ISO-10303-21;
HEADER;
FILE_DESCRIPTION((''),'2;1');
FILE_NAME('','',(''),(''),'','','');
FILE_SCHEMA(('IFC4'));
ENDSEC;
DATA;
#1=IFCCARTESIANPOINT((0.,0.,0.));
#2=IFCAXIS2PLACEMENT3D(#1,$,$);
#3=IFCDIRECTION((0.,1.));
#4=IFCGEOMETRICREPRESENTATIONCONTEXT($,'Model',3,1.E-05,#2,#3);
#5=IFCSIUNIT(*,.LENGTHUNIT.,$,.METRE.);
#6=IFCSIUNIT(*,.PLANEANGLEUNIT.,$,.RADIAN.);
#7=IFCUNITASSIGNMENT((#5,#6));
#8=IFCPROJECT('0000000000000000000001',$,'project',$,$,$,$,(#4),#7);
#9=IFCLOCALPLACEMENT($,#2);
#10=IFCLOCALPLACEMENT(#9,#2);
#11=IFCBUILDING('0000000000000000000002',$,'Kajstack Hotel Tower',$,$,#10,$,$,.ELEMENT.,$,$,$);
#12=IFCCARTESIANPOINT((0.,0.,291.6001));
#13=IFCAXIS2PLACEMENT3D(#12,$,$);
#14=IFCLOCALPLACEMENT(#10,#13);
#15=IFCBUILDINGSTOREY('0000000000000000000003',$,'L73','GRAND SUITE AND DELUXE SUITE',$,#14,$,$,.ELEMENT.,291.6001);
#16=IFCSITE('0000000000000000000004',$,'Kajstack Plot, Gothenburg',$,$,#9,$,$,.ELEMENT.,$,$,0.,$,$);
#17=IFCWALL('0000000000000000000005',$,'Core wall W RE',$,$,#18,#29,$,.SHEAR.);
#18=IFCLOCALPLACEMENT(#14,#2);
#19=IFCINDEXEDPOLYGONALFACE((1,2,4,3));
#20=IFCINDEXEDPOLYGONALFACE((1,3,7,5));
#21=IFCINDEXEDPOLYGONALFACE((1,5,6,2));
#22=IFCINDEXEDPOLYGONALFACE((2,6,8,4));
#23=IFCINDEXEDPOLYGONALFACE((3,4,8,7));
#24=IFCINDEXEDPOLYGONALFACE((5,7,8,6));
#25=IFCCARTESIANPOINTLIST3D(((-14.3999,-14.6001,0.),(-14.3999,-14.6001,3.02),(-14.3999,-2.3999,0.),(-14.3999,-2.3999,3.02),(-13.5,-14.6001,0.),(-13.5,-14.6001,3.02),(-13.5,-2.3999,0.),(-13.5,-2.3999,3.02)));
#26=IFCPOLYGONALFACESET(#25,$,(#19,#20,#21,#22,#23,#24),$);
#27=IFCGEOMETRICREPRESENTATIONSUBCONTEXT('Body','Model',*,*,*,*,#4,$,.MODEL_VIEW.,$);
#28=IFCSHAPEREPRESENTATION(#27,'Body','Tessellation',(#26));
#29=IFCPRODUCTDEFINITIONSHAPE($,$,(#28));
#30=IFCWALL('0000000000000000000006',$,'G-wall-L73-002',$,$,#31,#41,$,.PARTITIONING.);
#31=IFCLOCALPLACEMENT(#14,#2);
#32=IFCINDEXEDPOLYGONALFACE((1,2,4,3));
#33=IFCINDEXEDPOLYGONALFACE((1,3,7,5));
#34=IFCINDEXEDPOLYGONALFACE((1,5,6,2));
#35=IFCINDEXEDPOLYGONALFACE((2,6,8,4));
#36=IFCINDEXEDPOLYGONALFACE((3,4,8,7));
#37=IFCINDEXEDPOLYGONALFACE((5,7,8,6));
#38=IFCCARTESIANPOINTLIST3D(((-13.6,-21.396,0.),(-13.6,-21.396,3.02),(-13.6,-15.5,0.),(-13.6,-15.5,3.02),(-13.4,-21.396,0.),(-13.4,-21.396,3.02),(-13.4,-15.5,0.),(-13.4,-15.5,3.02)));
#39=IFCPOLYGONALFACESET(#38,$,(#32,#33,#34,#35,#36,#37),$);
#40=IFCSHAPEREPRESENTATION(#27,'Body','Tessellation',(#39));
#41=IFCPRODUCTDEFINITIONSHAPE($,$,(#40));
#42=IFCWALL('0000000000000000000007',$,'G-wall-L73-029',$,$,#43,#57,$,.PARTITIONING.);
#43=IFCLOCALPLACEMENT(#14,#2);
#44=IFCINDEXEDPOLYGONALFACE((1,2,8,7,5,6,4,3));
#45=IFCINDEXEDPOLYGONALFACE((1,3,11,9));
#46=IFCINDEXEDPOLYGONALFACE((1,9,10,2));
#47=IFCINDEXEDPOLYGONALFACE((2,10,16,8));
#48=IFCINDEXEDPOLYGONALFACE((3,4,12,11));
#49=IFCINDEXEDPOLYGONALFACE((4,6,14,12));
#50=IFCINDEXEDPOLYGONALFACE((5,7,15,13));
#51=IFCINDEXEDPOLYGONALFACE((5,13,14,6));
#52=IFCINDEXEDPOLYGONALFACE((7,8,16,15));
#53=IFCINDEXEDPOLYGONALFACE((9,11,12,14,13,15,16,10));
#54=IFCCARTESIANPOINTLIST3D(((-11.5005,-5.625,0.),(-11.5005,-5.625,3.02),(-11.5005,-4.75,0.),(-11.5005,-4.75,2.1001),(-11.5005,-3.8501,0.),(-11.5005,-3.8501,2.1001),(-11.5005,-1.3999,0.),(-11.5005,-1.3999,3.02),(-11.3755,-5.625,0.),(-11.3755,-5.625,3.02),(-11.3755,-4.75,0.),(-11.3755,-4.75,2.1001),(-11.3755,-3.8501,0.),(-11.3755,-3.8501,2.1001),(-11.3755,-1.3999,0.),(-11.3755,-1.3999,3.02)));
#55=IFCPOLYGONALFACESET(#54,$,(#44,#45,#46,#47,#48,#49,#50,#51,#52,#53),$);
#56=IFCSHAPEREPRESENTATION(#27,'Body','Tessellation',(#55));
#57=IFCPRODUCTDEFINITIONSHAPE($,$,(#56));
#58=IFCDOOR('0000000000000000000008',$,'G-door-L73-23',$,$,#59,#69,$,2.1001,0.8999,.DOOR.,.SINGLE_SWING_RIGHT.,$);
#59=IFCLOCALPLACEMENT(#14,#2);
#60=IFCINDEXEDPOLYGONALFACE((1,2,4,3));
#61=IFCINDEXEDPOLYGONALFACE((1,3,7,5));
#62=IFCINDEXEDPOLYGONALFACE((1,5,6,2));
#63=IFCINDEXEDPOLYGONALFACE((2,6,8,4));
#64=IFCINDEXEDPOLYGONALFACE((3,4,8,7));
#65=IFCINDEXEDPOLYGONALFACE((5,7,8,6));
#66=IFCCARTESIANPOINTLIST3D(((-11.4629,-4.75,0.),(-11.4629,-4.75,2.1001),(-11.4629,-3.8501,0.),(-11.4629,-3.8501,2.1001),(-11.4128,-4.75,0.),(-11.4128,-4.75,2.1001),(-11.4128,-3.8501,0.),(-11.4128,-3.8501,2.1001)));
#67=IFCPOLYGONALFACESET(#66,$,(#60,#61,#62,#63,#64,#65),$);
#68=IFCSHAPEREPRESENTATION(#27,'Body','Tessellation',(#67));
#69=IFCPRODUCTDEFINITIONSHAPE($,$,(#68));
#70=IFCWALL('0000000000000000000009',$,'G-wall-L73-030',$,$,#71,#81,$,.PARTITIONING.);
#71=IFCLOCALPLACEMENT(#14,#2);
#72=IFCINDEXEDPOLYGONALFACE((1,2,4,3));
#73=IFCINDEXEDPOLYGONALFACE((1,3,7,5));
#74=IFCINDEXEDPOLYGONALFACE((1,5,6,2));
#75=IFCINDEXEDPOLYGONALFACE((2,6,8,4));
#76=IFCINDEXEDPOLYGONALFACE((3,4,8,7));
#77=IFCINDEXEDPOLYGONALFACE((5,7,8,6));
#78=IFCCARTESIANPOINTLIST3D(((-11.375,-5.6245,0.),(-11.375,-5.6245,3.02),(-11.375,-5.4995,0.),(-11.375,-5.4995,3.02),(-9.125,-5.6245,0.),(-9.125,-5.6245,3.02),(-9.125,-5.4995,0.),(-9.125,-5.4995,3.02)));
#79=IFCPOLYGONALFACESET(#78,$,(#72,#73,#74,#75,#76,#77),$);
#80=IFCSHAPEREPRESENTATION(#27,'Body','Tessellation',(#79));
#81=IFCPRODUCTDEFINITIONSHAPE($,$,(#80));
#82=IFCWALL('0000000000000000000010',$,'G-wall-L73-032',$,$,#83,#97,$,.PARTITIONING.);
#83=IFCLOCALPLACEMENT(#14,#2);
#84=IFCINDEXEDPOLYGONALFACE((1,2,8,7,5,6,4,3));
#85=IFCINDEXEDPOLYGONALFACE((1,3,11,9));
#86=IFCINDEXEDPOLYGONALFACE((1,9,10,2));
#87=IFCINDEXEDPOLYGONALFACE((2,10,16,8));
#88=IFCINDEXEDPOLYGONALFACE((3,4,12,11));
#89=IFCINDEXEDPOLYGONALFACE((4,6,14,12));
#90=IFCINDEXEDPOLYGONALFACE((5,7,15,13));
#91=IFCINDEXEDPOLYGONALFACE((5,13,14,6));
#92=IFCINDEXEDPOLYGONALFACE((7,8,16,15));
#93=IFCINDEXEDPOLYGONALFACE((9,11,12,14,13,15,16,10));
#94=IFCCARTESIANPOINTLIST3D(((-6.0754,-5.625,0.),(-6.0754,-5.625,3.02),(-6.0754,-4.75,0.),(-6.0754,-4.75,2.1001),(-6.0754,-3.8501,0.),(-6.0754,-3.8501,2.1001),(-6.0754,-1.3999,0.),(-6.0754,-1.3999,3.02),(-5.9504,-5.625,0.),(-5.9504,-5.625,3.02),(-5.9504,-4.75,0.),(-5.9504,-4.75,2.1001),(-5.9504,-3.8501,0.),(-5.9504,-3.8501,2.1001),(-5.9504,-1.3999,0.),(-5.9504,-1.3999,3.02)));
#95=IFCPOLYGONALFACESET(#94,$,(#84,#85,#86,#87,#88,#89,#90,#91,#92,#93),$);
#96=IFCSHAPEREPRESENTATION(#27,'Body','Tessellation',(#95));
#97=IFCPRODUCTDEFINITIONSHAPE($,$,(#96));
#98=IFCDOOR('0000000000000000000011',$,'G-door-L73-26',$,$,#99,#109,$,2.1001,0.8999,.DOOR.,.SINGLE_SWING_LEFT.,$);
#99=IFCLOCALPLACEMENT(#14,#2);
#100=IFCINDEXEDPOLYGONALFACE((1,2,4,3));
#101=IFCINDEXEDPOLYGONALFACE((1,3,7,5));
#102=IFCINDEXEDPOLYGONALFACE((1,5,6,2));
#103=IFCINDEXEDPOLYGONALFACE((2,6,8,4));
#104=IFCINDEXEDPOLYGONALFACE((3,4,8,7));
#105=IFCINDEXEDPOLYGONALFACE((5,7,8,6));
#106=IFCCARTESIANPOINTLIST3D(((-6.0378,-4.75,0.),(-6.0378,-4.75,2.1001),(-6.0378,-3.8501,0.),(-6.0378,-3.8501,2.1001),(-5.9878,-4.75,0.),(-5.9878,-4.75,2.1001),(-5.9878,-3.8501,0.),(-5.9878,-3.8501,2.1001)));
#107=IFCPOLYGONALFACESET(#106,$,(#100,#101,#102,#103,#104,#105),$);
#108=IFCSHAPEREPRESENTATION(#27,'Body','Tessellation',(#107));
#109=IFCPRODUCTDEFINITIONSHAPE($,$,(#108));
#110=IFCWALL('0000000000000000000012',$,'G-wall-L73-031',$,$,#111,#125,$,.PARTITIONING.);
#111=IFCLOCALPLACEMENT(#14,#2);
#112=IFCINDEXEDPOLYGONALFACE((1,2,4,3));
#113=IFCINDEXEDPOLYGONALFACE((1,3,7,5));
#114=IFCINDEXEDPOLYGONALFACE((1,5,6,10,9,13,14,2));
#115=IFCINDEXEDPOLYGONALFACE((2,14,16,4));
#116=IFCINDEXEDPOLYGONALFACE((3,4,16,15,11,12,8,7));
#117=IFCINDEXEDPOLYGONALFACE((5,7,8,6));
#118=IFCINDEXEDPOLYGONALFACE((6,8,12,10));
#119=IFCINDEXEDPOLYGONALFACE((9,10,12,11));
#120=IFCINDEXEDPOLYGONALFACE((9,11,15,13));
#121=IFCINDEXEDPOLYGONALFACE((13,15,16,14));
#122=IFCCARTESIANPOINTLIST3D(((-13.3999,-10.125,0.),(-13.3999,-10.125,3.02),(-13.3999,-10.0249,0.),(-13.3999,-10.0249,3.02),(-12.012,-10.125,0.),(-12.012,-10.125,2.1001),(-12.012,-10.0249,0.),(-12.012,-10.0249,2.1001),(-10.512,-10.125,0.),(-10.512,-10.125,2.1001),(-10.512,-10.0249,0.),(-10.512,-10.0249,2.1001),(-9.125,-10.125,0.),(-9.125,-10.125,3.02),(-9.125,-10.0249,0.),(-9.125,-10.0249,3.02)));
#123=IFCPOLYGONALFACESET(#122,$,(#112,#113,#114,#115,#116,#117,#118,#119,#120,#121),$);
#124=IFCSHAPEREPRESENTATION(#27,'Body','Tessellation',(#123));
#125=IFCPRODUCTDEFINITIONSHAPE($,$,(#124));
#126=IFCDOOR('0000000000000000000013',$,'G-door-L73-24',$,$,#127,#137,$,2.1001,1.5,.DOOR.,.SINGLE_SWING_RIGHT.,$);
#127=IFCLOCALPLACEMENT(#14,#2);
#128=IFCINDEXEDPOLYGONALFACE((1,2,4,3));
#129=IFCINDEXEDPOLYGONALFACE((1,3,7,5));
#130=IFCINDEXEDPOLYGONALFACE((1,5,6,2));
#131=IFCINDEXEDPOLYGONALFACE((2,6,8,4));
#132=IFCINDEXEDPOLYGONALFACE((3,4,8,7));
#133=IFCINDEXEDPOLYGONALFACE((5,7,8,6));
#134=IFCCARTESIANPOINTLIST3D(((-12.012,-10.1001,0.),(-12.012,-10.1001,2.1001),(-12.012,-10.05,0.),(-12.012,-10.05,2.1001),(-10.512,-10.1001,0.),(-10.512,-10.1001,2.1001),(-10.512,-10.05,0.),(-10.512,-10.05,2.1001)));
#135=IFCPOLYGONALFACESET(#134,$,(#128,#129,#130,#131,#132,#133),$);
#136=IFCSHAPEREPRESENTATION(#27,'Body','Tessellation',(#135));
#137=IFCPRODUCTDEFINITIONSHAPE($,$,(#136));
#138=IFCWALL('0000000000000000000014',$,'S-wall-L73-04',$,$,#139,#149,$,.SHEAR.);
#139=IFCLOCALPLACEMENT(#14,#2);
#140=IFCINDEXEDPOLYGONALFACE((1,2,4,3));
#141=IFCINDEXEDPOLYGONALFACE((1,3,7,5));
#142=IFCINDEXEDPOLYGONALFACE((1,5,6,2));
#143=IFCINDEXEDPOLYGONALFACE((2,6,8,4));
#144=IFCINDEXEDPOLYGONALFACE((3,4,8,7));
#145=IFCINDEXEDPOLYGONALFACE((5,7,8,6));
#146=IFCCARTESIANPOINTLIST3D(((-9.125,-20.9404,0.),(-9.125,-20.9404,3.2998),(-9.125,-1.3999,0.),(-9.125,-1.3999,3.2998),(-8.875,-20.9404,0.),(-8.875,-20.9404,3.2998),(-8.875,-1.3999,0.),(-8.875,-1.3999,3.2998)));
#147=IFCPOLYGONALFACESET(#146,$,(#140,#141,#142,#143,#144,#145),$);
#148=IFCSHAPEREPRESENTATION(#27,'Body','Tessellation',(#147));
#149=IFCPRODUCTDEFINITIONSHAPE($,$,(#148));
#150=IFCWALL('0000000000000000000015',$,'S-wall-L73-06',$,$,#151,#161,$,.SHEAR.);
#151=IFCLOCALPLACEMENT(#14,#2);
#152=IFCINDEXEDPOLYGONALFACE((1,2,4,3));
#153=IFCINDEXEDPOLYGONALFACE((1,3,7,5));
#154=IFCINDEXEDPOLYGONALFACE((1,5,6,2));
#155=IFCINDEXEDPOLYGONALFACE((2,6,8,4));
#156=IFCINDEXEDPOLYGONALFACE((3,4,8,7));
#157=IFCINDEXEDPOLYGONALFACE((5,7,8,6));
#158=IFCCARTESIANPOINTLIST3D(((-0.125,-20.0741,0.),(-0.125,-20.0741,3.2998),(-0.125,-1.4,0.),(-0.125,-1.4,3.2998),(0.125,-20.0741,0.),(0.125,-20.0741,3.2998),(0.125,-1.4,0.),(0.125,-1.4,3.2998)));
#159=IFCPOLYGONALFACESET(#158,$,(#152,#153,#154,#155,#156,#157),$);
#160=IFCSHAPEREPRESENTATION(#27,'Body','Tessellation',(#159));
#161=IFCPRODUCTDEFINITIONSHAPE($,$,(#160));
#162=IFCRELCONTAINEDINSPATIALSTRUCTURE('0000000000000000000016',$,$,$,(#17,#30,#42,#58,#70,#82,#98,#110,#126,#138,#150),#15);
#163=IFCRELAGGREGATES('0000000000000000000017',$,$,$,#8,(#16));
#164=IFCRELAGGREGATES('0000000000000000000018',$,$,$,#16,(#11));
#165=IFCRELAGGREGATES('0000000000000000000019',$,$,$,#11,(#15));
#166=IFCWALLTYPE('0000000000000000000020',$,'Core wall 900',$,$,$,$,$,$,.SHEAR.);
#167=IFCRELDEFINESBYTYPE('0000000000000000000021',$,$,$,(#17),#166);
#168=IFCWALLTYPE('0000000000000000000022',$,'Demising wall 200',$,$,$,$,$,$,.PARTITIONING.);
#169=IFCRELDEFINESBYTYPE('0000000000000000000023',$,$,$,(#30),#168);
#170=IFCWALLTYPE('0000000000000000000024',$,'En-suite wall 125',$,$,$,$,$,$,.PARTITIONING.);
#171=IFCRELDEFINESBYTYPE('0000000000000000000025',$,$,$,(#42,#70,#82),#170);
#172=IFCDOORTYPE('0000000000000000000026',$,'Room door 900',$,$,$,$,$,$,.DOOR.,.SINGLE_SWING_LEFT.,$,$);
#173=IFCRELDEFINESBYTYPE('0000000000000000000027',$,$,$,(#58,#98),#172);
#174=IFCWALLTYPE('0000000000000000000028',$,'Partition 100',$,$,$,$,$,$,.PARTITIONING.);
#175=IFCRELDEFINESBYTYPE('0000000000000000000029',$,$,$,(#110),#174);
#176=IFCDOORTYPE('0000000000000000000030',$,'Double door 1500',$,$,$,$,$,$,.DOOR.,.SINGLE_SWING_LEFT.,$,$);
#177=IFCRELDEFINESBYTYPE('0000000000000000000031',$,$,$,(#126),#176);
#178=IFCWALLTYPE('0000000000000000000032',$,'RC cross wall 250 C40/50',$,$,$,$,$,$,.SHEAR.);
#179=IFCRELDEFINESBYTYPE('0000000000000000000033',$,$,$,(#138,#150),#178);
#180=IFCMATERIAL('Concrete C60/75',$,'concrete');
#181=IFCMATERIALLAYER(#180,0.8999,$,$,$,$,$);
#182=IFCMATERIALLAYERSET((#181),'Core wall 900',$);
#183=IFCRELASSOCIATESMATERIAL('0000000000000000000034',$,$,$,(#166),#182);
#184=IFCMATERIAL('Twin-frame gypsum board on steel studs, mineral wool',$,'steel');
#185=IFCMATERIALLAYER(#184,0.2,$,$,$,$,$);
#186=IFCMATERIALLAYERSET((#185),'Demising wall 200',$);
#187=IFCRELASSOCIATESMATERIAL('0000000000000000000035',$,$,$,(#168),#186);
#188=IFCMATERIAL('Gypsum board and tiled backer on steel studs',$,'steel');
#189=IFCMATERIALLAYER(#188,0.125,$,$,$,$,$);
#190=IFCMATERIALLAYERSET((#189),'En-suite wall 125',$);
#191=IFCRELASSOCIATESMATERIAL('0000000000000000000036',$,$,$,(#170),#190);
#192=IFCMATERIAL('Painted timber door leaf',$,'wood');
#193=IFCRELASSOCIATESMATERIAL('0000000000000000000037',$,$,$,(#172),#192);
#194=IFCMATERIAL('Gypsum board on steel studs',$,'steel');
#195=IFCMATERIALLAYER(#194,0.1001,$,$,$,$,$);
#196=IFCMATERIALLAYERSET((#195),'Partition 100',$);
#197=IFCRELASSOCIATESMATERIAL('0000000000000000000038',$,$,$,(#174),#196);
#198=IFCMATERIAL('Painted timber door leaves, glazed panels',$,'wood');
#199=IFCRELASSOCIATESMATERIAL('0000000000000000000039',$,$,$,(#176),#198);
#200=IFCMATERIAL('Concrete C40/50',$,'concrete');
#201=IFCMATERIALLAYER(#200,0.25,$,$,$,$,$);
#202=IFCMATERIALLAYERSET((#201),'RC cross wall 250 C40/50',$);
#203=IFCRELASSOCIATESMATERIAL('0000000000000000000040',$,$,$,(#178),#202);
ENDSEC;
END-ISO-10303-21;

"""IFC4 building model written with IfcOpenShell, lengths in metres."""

from ifc_helpers import new_model, si_unit, direction, frame, frame_2d, origin, place, context, subcontext, project, spatial, rectangle, extrude, material, layer, layer_set, type_object, element, fill, save


model = new_model("IFC4")

# Units and contexts
model_context = context("Model", 3, precision=1e-05, world=origin(), true_north=direction((0.0, 1.0)))
body_context = subcontext(model_context, "Body", "Model", "MODEL_VIEW")
ifc_project = project(units=[si_unit("LENGTHUNIT", "METRE"), si_unit("PLANEANGLEUNIT", "RADIAN")], contexts=[model_context])

# Site, building, storey
site_placement = place(None, origin())
site = spatial("IfcSite", under=ifc_project, at=site_placement, Name="Kajstack Plot, Gothenburg", CompositionType="ELEMENT", RefElevation=0.0)
building_placement = place(site_placement, origin())
building = spatial("IfcBuilding", under=site, at=building_placement, Name="Kajstack Hotel Tower", CompositionType="ELEMENT")
storey_placement = place(building_placement, frame((0.0, 0.0, 291.6001)))
storey = spatial("IfcBuildingStorey", under=building, at=storey_placement, Name="L73", Description="GRAND SUITE AND DELUXE SUITE", CompositionType="ELEMENT", Elevation=291.6001)

# Walls
ifc_material_1 = material(Name="Concrete C60/75", Category="concrete")
ifc_layer_1 = layer(ifc_material_1, 0.8999)
ifc_layer_set_1 = layer_set([ifc_layer_1], Name="Core wall 900")
wall_type_1 = type_object("IfcWallType", Name="Core wall 900", PredefinedType="SHEAR", material=ifc_layer_set_1)
wall_1_placement = place(storey_placement, frame((-13.95, -14.6001, 0.0), z_axis=(0.0, 0.0, 1.0), x_axis=(0.0, 1.0, 0.0)))
element("IfcWall", 1, at=wall_1_placement, inside=storey, type_object=wall_type_1, Name="Core wall W RE", PredefinedType="SHEAR", context=body_context, shape_type="SweptSolid", body=[
    extrude(rectangle(XDim=12.2002, YDim=0.8999, at=frame_2d((6.1001, 0.0))), origin(), (0.0, 0.0, 1.0), 3.02),
])
ifc_material_2 = material(Name="Twin-frame gypsum board on steel studs, mineral wool", Category="steel")
ifc_layer_2 = layer(ifc_material_2, 0.2)
ifc_layer_set_2 = layer_set([ifc_layer_2], Name="Demising wall 200")
wall_type_2 = type_object("IfcWallType", Name="Demising wall 200", PredefinedType="PARTITIONING", material=ifc_layer_set_2)
wall_2_placement = place(storey_placement, frame((-13.5, -21.396, 0.0), z_axis=(0.0, 0.0, 1.0), x_axis=(0.0, 1.0, 0.0)))
element("IfcWall", 2, at=wall_2_placement, inside=storey, type_object=wall_type_2, Name="G-wall-L73-002", PredefinedType="PARTITIONING", context=body_context, shape_type="SweptSolid", body=[
    extrude(rectangle(XDim=5.896, YDim=0.2, at=frame_2d((2.948, 0.0))), origin(), (0.0, 0.0, 1.0), 3.02),
])

# Wall, opening, door
ifc_material_3 = material(Name="Gypsum board and tiled backer on steel studs", Category="steel")
ifc_layer_3 = layer(ifc_material_3, 0.125)
ifc_layer_set_3 = layer_set([ifc_layer_3], Name="En-suite wall 125")
wall_type_3 = type_object("IfcWallType", Name="En-suite wall 125", PredefinedType="PARTITIONING", material=ifc_layer_set_3)
wall_3_placement = place(storey_placement, frame((-11.438, -5.625, 0.0), z_axis=(0.0, 0.0, 1.0), x_axis=(0.0, 1.0, 0.0)))
wall_3 = element("IfcWall", 3, at=wall_3_placement, inside=storey, type_object=wall_type_3, Name="G-wall-L73-029", PredefinedType="PARTITIONING", context=body_context, shape_type="SweptSolid", body=[
    extrude(rectangle(XDim=4.2251, YDim=0.125, at=frame_2d((2.1125, 0.0))), origin(), (0.0, 0.0, 1.0), 3.02),
])
opening_1_placement = place(wall_3_placement, frame((0.875, 0.0, 0.0)))
opening_1 = element("IfcOpeningElement", 4, at=opening_1_placement, cuts=wall_3, PredefinedType="OPENING", context=body_context, shape_type="SweptSolid", body=[
    extrude(rectangle(XDim=0.8999, YDim=2.1001, at=frame_2d((0.45, 1.05))), frame((0.0, 0.0725, 0.0), z_axis=(0.0, -1.0, 0.0), x_axis=(1.0, 0.0, 0.0)), (0.0, 0.0, 1.0), 0.145),
])
ifc_material_4 = material(Name="Painted timber door leaf", Category="wood")
door_type_1 = type_object("IfcDoorType", Name="Room door 900", OperationType="SINGLE_SWING_LEFT", PredefinedType="DOOR", material=ifc_material_4)
door_1_placement = place(opening_1_placement, origin())
door_1 = element("IfcDoor", 5, at=door_1_placement, inside=storey, type_object=door_type_1, Name="G-door-L73-23", OperationType="SINGLE_SWING_RIGHT", OverallHeight=2.1001, OverallWidth=0.8999, PredefinedType="DOOR", context=body_context, shape_type="SweptSolid", body=[
    extrude(rectangle(XDim=0.8999, YDim=2.1001, at=frame_2d((0.45, 1.05))), frame((0.0, 0.0249, 0.0), z_axis=(0.0, -1.0, 0.0), x_axis=(1.0, 0.0, 0.0)), (0.0, 0.0, 1.0), 0.05),
])
fill(opening_1, door_1)

# Wall
wall_4_placement = place(storey_placement, frame((-11.375, -5.562, 0.0), z_axis=(0.0, 0.0, 1.0), x_axis=(1.0, 0.0, 0.0)))
element("IfcWall", 6, at=wall_4_placement, inside=storey, type_object=wall_type_3, Name="G-wall-L73-030", PredefinedType="PARTITIONING", context=body_context, shape_type="SweptSolid", body=[
    extrude(rectangle(XDim=2.25, YDim=0.125, at=frame_2d((1.125, 0.0))), origin(), (0.0, 0.0, 1.0), 3.02),
])

# Walls, openings, doors
wall_5_placement = place(storey_placement, frame((-6.0129, -5.625, 0.0), z_axis=(0.0, 0.0, 1.0), x_axis=(0.0, 1.0, 0.0)))
wall_5 = element("IfcWall", 7, at=wall_5_placement, inside=storey, type_object=wall_type_3, Name="G-wall-L73-032", PredefinedType="PARTITIONING", context=body_context, shape_type="SweptSolid", body=[
    extrude(rectangle(XDim=4.2251, YDim=0.125, at=frame_2d((2.1125, 0.0))), origin(), (0.0, 0.0, 1.0), 3.02),
])
opening_2_placement = place(wall_5_placement, frame((0.875, 0.0, 0.0)))
opening_2 = element("IfcOpeningElement", 8, at=opening_2_placement, cuts=wall_5, PredefinedType="OPENING", context=body_context, shape_type="SweptSolid", body=[
    extrude(rectangle(XDim=0.8999, YDim=2.1001, at=frame_2d((0.45, 1.05))), frame((0.0, 0.0725, 0.0), z_axis=(0.0, -1.0, 0.0), x_axis=(1.0, 0.0, 0.0)), (0.0, 0.0, 1.0), 0.145),
])
door_2_placement = place(opening_2_placement, origin())
door_2 = element("IfcDoor", 9, at=door_2_placement, inside=storey, type_object=door_type_1, Name="G-door-L73-26", OperationType="SINGLE_SWING_LEFT", OverallHeight=2.1001, OverallWidth=0.8999, PredefinedType="DOOR", context=body_context, shape_type="SweptSolid", body=[
    extrude(rectangle(XDim=0.8999, YDim=2.1001, at=frame_2d((0.45, 1.05))), frame((0.0, 0.0249, 0.0), z_axis=(0.0, -1.0, 0.0), x_axis=(1.0, 0.0, 0.0)), (0.0, 0.0, 1.0), 0.05),
])
fill(opening_2, door_2)
ifc_material_5 = material(Name="Gypsum board on steel studs", Category="steel")
ifc_layer_4 = layer(ifc_material_5, 0.1001)
ifc_layer_set_4 = layer_set([ifc_layer_4], Name="Partition 100")
wall_type_4 = type_object("IfcWallType", Name="Partition 100", PredefinedType="PARTITIONING", material=ifc_layer_set_4)
wall_6_placement = place(storey_placement, frame((-13.3999, -10.075, 0.0), z_axis=(0.0, 0.0, 1.0), x_axis=(1.0, 0.0, 0.0)))
wall_6 = element("IfcWall", 10, at=wall_6_placement, inside=storey, type_object=wall_type_4, Name="G-wall-L73-031", PredefinedType="PARTITIONING", context=body_context, shape_type="SweptSolid", body=[
    extrude(rectangle(XDim=4.2749, YDim=0.1001, at=frame_2d((2.1375, 0.0))), origin(), (0.0, 0.0, 1.0), 3.02),
])
opening_3_placement = place(wall_6_placement, frame((1.3879, 0.0, 0.0)))
opening_3 = element("IfcOpeningElement", 11, at=opening_3_placement, cuts=wall_6, PredefinedType="OPENING", context=body_context, shape_type="SweptSolid", body=[
    extrude(rectangle(XDim=1.5, YDim=2.1001, at=frame_2d((0.75, 1.05))), frame((0.0, 0.0601, 0.0), z_axis=(0.0, -1.0, 0.0), x_axis=(1.0, 0.0, 0.0)), (0.0, 0.0, 1.0), 0.1201),
])
ifc_material_6 = material(Name="Painted timber door leaves, glazed panels", Category="wood")
door_type_2 = type_object("IfcDoorType", Name="Double door 1500", OperationType="SINGLE_SWING_LEFT", PredefinedType="DOOR", material=ifc_material_6)
door_3_placement = place(opening_3_placement, origin())
door_3 = element("IfcDoor", 12, at=door_3_placement, inside=storey, type_object=door_type_2, Name="G-door-L73-24", OperationType="SINGLE_SWING_RIGHT", OverallHeight=2.1001, OverallWidth=1.5, PredefinedType="DOOR", context=body_context, shape_type="SweptSolid", body=[
    extrude(rectangle(XDim=1.5, YDim=2.1001, at=frame_2d((0.75, 1.05))), frame((0.0, 0.0249, 0.0), z_axis=(0.0, -1.0, 0.0), x_axis=(1.0, 0.0, 0.0)), (0.0, 0.0, 1.0), 0.05),
])
fill(opening_3, door_3)

# Walls
ifc_material_7 = material(Name="Concrete C40/50", Category="concrete")
ifc_layer_5 = layer(ifc_material_7, 0.25)
ifc_layer_set_5 = layer_set([ifc_layer_5], Name="RC cross wall 250 C40/50")
wall_type_5 = type_object("IfcWallType", Name="RC cross wall 250 C40/50", PredefinedType="SHEAR", material=ifc_layer_set_5)
wall_7_placement = place(storey_placement, frame((-9.0, -20.9404, 0.0), z_axis=(0.0, 0.0, 1.0), x_axis=(0.0, 1.0, 0.0)))
element("IfcWall", 13, at=wall_7_placement, inside=storey, type_object=wall_type_5, Name="S-wall-L73-04", PredefinedType="SHEAR", context=body_context, shape_type="SweptSolid", body=[
    extrude(rectangle(XDim=19.5405, YDim=0.25, at=frame_2d((9.7703, 0.0))), origin(), (0.0, 0.0, 1.0), 3.2998),
])
wall_8_placement = place(storey_placement, frame((0.0, -20.074, 0.0), z_axis=(0.0, 0.0, 1.0), x_axis=(0.0, 1.0, 0.0)))
element("IfcWall", 14, at=wall_8_placement, inside=storey, type_object=wall_type_5, Name="S-wall-L73-06", PredefinedType="SHEAR", context=body_context, shape_type="SweptSolid", body=[
    extrude(rectangle(XDim=18.6741, YDim=0.25, at=frame_2d((9.3369, 0.0))), origin(), (0.0, 0.0, 1.0), 3.2998),
])

save(model, "model.ifc")
